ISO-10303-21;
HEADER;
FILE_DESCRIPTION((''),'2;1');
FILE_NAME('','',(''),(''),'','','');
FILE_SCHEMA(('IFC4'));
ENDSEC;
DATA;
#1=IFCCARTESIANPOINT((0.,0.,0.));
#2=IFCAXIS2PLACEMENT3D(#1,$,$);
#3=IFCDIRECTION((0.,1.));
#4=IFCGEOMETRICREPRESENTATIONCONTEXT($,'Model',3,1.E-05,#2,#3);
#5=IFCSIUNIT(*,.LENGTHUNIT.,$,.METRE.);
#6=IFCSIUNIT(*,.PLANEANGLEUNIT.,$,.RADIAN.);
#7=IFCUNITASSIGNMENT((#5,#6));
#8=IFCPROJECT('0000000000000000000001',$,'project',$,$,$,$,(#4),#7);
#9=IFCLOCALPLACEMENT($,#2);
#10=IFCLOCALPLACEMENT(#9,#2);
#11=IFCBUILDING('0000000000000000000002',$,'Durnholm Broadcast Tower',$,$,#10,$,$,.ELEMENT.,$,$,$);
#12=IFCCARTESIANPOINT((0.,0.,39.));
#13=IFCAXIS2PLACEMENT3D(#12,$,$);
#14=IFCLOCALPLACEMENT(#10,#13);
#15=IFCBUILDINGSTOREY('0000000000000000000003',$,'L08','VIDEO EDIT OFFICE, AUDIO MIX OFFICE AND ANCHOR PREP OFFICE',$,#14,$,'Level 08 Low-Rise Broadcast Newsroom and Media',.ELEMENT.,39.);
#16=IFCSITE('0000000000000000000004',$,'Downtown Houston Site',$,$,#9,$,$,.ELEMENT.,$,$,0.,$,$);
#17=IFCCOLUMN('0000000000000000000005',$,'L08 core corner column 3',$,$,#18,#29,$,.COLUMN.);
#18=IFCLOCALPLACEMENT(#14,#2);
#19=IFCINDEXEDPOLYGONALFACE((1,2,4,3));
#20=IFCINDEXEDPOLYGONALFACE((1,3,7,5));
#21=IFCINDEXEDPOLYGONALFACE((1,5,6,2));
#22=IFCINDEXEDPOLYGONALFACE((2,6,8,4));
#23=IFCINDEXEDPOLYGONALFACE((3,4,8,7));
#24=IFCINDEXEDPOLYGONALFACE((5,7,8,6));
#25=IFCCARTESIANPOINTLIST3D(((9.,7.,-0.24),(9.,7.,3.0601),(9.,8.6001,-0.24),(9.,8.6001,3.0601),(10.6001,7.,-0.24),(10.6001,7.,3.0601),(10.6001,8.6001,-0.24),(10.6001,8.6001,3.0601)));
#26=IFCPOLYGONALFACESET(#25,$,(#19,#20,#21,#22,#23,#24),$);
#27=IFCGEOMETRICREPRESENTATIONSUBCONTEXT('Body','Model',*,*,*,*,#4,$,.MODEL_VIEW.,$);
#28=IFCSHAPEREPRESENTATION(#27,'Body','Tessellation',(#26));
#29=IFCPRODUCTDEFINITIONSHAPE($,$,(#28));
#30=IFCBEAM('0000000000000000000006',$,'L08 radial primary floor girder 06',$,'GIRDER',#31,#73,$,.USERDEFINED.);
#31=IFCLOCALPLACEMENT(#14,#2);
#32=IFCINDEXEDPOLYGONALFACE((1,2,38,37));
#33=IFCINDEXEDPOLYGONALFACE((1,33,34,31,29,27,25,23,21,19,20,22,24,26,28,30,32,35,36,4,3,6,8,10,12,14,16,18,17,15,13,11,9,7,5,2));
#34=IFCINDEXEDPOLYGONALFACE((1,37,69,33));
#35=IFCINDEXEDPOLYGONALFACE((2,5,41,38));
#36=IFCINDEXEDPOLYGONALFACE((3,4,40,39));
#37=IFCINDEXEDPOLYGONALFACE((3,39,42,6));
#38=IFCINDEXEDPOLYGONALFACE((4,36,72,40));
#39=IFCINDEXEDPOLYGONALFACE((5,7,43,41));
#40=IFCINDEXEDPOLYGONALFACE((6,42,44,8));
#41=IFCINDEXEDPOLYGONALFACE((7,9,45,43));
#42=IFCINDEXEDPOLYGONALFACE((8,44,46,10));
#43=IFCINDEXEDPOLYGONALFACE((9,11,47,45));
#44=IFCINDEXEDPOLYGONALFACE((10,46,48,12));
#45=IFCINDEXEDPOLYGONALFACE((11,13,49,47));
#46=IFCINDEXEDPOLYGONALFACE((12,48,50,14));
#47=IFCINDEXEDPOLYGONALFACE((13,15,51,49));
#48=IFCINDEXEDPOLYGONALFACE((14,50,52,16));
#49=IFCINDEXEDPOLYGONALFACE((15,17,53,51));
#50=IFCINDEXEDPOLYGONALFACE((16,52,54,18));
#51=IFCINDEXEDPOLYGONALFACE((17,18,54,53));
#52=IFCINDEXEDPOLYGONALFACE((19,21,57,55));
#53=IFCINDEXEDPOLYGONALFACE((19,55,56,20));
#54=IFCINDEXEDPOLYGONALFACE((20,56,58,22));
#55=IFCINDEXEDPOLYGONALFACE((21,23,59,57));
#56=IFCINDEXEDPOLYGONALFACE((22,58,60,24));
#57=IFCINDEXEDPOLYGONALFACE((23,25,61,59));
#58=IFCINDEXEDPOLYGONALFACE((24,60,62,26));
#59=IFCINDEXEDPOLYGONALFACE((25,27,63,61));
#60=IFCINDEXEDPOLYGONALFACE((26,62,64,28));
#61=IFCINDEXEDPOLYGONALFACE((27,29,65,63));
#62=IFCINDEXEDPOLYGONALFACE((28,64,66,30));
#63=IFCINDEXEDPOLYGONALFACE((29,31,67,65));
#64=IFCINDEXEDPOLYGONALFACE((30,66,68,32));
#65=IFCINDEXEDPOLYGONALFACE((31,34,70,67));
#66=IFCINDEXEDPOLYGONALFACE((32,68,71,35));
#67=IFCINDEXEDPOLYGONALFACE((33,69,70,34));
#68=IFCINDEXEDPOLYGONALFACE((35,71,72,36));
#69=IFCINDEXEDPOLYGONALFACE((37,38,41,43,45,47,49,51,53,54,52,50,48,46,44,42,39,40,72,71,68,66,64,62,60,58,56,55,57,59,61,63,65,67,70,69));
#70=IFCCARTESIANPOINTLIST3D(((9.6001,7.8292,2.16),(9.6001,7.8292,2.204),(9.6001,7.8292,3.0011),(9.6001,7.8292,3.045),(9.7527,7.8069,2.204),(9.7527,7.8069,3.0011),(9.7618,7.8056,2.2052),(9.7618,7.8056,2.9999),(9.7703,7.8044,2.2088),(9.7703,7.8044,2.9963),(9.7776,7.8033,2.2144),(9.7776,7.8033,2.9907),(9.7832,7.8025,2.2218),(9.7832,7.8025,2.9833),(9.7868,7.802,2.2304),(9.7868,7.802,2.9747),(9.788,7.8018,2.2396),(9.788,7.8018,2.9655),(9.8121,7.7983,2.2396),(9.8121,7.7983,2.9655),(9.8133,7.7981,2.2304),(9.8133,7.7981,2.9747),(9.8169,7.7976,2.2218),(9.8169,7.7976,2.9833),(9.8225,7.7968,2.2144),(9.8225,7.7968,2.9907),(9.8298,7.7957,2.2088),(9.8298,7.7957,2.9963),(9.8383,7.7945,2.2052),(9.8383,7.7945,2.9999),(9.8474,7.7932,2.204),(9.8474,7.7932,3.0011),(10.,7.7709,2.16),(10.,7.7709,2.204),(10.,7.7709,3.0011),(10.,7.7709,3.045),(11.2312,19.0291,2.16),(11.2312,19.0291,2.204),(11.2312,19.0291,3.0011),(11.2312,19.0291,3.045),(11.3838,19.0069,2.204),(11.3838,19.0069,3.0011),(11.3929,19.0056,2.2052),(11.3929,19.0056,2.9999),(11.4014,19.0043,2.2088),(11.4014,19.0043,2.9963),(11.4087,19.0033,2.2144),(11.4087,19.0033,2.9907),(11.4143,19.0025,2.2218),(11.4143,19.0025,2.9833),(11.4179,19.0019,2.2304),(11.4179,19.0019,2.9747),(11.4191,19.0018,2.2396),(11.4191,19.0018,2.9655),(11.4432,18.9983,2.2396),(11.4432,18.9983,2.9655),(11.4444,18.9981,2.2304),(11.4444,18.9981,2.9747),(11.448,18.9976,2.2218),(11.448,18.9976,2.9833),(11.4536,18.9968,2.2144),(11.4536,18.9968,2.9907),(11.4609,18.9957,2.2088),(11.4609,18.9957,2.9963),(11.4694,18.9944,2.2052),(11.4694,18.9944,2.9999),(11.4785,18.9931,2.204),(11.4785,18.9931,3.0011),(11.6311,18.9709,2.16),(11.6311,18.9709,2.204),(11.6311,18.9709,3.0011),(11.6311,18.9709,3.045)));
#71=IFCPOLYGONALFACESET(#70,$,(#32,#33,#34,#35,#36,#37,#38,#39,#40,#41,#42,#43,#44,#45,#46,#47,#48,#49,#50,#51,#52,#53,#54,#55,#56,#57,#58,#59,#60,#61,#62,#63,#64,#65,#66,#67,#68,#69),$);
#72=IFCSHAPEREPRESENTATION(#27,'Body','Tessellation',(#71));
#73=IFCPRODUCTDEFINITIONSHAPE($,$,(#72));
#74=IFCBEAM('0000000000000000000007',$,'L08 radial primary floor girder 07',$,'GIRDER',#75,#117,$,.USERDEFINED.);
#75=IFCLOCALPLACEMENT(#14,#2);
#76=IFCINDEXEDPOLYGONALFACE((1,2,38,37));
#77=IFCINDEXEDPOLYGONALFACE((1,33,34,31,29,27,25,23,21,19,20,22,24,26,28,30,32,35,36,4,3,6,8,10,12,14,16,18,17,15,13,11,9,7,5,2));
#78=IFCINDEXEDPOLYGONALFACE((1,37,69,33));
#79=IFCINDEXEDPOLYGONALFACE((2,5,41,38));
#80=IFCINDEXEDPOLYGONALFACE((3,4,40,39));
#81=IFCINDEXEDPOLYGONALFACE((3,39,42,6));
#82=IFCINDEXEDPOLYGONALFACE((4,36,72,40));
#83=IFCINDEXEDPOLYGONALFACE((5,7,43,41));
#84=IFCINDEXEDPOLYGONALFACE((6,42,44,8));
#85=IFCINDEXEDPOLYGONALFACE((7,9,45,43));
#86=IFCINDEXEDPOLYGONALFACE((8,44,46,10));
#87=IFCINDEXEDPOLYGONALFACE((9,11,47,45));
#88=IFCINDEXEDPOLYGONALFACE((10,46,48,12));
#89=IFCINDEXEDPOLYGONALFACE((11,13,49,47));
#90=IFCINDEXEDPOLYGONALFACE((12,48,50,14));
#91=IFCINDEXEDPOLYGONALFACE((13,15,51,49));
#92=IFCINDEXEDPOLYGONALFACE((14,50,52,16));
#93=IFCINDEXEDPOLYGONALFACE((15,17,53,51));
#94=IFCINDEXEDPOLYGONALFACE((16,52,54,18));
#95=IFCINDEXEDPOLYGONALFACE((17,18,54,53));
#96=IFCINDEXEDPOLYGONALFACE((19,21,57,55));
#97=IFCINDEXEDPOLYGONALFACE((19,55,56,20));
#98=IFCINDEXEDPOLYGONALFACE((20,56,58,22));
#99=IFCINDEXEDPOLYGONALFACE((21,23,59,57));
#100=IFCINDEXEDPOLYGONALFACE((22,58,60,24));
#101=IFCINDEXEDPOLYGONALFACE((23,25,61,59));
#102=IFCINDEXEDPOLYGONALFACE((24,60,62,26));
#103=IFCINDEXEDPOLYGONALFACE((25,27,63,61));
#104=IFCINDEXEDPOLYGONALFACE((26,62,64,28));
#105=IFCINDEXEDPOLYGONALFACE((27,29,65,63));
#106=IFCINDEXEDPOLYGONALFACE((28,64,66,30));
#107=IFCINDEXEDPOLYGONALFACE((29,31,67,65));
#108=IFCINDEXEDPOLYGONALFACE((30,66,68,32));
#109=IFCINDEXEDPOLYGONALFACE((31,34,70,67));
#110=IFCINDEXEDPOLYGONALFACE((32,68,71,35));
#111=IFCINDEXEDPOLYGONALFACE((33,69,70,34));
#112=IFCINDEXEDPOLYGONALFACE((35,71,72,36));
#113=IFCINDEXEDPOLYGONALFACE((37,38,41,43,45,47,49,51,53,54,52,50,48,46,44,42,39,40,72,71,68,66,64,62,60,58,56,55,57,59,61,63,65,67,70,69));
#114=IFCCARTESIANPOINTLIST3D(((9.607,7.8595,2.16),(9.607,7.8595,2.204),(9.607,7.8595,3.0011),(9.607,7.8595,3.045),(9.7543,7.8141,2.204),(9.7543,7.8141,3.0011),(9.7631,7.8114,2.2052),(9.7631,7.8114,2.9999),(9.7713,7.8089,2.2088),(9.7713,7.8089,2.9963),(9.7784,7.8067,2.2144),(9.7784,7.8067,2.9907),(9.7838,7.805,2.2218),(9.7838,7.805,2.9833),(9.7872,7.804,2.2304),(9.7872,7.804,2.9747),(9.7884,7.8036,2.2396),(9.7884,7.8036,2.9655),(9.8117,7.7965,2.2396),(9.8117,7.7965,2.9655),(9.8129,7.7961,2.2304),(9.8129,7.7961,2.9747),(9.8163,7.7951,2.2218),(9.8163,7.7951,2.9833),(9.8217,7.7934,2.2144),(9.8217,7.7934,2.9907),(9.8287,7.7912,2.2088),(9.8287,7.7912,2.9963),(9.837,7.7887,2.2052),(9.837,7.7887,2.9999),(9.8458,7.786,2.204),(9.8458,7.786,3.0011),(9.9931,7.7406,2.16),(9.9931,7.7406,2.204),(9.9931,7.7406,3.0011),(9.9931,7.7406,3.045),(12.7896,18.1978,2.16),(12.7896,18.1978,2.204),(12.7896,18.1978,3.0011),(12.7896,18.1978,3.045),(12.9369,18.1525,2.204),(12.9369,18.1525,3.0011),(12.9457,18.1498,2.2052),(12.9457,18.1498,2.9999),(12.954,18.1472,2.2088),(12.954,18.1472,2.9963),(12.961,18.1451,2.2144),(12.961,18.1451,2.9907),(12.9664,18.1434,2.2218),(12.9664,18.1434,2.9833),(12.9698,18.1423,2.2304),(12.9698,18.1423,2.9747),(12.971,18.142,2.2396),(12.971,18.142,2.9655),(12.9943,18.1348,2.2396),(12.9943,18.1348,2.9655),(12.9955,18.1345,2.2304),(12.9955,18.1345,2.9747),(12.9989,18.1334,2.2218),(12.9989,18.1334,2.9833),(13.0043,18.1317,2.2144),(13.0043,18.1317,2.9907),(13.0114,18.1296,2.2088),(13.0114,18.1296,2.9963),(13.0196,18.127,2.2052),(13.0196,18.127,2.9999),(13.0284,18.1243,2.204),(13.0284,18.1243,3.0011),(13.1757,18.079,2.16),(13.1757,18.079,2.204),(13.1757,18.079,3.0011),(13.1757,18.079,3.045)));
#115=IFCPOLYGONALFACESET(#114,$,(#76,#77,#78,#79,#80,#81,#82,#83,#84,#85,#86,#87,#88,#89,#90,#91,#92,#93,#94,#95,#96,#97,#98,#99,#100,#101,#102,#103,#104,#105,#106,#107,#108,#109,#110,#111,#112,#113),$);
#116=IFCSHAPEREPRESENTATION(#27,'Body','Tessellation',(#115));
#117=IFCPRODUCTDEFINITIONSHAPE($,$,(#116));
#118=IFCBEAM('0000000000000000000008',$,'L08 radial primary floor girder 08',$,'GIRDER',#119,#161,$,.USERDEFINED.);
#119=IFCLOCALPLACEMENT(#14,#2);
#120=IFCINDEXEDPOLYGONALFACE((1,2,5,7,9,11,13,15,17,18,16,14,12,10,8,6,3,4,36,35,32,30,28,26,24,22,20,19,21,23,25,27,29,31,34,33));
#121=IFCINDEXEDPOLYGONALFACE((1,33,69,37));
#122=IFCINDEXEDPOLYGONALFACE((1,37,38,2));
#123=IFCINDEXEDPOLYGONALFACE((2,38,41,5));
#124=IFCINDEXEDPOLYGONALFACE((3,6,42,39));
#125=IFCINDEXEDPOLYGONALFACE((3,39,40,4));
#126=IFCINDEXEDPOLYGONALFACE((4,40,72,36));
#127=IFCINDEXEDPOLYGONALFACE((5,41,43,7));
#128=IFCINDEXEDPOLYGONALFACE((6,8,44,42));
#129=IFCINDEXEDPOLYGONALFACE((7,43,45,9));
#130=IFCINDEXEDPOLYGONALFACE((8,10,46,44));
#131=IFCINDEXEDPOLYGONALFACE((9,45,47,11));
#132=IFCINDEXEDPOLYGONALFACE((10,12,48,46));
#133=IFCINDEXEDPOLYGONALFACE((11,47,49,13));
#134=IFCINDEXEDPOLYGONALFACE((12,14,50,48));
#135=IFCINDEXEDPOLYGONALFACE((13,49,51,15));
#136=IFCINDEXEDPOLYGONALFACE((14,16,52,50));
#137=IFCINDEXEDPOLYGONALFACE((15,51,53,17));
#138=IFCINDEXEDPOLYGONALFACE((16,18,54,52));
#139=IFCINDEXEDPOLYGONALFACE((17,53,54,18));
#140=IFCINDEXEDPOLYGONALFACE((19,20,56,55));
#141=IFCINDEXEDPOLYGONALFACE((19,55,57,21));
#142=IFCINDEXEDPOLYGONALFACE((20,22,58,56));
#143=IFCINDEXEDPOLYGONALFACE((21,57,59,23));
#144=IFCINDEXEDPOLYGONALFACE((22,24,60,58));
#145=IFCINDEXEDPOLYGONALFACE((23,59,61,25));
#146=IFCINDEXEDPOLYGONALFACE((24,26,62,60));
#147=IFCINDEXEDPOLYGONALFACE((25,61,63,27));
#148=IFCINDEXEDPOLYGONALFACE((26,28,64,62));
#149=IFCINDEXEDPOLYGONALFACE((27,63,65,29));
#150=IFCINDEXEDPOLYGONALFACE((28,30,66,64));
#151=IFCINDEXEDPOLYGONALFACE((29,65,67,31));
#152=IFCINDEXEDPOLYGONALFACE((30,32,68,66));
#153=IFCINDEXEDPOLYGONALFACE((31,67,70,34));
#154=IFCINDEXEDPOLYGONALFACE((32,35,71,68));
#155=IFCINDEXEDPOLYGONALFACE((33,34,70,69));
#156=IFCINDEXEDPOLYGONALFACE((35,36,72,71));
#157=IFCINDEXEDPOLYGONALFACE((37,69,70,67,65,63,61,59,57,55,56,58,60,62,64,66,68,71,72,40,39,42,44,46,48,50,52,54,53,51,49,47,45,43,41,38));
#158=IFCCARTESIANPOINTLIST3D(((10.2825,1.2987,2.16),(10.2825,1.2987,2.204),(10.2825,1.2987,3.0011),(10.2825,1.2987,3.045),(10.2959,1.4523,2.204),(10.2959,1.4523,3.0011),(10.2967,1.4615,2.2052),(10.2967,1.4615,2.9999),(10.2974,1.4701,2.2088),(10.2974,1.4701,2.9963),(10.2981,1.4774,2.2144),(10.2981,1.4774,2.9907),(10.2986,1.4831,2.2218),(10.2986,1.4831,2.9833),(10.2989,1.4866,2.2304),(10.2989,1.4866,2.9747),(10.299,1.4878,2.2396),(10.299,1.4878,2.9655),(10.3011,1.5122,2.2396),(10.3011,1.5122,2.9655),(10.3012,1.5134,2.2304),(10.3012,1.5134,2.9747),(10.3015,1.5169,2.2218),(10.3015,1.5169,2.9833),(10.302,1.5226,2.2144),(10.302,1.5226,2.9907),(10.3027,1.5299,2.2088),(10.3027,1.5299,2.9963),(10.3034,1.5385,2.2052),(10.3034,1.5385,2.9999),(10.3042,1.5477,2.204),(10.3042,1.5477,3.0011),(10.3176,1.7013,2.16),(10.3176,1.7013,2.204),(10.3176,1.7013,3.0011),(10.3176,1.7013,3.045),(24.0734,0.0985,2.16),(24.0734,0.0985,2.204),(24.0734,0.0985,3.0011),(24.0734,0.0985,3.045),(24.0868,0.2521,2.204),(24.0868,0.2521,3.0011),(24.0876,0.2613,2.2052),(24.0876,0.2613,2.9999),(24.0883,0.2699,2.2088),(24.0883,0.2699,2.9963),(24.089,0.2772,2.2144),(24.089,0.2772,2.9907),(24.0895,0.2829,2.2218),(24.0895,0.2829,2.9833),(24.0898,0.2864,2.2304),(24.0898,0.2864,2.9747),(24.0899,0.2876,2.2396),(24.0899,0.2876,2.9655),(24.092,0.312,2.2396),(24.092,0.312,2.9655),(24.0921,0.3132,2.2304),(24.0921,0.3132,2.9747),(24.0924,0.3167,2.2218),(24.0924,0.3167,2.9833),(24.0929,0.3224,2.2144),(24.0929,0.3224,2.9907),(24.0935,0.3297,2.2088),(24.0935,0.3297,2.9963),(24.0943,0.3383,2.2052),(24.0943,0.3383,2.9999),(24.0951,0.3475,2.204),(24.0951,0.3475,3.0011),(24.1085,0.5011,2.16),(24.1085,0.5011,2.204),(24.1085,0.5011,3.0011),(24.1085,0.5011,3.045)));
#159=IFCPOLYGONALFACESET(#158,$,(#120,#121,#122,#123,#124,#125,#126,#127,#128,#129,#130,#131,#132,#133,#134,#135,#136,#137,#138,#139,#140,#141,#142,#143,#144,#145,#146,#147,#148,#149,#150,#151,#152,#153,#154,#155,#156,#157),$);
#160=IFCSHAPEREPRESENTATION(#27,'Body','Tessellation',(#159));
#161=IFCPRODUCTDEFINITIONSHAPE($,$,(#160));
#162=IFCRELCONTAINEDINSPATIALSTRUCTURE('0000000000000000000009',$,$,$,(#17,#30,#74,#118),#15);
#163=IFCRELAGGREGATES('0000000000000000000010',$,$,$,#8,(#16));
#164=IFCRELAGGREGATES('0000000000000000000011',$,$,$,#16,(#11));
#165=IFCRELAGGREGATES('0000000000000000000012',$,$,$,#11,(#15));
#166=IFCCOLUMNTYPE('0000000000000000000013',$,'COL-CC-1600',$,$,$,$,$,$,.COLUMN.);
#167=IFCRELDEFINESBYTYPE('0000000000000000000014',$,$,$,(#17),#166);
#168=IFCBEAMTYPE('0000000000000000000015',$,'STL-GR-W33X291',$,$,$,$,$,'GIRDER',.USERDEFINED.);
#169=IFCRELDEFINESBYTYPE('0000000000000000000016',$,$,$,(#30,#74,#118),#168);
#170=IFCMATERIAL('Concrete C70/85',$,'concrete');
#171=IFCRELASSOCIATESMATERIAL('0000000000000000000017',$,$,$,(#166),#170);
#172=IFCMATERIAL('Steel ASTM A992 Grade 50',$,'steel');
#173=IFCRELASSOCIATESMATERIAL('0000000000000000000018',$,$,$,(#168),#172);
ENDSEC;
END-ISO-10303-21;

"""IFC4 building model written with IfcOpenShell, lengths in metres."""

from ifc_helpers import new_model, si_unit, direction, frame, origin, origin_2d, place, context, subcontext, project, spatial, rectangle, i_section, extrude, source, transform, mapped, material, material_profile, profile_set, type_object, type_shapes, element, save


model = new_model("IFC4")

# Units and contexts
model_context = context("Model", 3, precision=1e-05, world=origin(), true_north=direction((0.0, 1.0)))
body_context = subcontext(model_context, "Body", "Model", "MODEL_VIEW")
ifc_project = project(units=[si_unit("LENGTHUNIT", "METRE"), si_unit("PLANEANGLEUNIT", "RADIAN")], contexts=[model_context])

# Site, building, storey
site_placement = place(None, origin())
site = spatial("IfcSite", under=ifc_project, at=site_placement, Name="Downtown Houston Site", CompositionType="ELEMENT", RefElevation=0.0)
building_placement = place(site_placement, origin())
building = spatial("IfcBuilding", under=site, at=building_placement, Name="Durnholm Broadcast Tower", CompositionType="ELEMENT")
storey_placement = place(building_placement, frame((0.0, 0.0, 39.0)))
storey = spatial("IfcBuildingStorey", under=building, at=storey_placement, Name="L08", Description="VIDEO EDIT OFFICE, AUDIO MIX OFFICE AND ANCHOR PREP OFFICE", LongName="Level 08 Low-Rise Broadcast Newsroom and Media", CompositionType="ELEMENT", Elevation=39.0)

# Column
ifc_material_1 = material(Name="Concrete C70/85", Category="concrete")
ifc_material_profile_1 = material_profile(ifc_material_1, rectangle(XDim=1.6001, YDim=1.6001, at=origin_2d()), Name="RC1600X1600")
ifc_profile_set_1 = profile_set([ifc_material_profile_1], Name="Concrete C70/85")
column_type = type_object("IfcColumnType", Name="COL-CC-1600", PredefinedType="COLUMN", material=ifc_profile_set_1)
shared_shape_1 = source(origin(), body_context, "Body", "SweptSolid", [
    extrude(rectangle(XDim=1.6001, YDim=1.6001, at=origin_2d()), origin(), (0.0, 0.0, 1.0), 3.3),
])
type_shapes(column_type, [shared_shape_1])
column_placement = place(storey_placement, frame((9.8, 7.8, -0.24), z_axis=(0.0, 0.0, 1.0), x_axis=(1.0, 0.0, 0.0)))
element("IfcColumn", 1, at=column_placement, inside=storey, type_object=column_type, Name="L08 core corner column 3", PredefinedType="COLUMN", context=body_context, shape_type="MappedRepresentation", body=[
    mapped(shared_shape_1, transform((0.0, 0.0, 0.0), x_axis=(1.0, 0.0, 0.0), y_axis=(0.0, 1.0, 0.0), z_axis=(0.0, 0.0, 1.0), scale=1.0)),
])

# Beams
ifc_material_2 = material(Name="Steel ASTM A992 Grade 50", Category="steel")
ifc_material_profile_2 = material_profile(ifc_material_2, i_section(OverallWidth=0.4041, OverallDepth=0.885, WebThickness=0.0244, FlangeThickness=0.0439, FilletRadius=0.0356, at=origin_2d()), Name="W33X291")
ifc_profile_set_2 = profile_set([ifc_material_profile_2], Name="Steel ASTM A992 Grade 50")
beam_type_1 = type_object("IfcBeamType", Name="STL-GR-W33X291", ElementType="GIRDER", PredefinedType="USERDEFINED", material=ifc_profile_set_2)
shared_shape_2 = source(origin(), body_context, "Body", "SweptSolid", [
    extrude(i_section(OverallWidth=0.4041, OverallDepth=0.885, WebThickness=0.0244, FlangeThickness=0.0439, FilletRadius=0.0356, at=origin_2d()), origin(), (0.0, 0.0, 1.0), 11.3181),
])
beam_1_placement = place(storey_placement, frame((9.8, 7.8, 2.6025), z_axis=(0.144115, 0.989561, 0.0), x_axis=(-0.989561, 0.144115, 0.0)))
element("IfcBeam", 2, at=beam_1_placement, inside=storey, type_object=beam_type_1, Name="L08 radial primary floor girder 06", ObjectType="GIRDER", PredefinedType="USERDEFINED", context=body_context, shape_type="MappedRepresentation", body=[
    mapped(shared_shape_2, transform((0.0, 0.0, 0.0), x_axis=(1.0, 0.0, 0.0), y_axis=(0.0, 1.0, 0.0), z_axis=(0.0, 0.0, 1.0), scale=1.0)),
])
shared_shape_3 = source(origin(), body_context, "Body", "SweptSolid", [
    extrude(i_section(OverallWidth=0.4041, OverallDepth=0.885, WebThickness=0.0244, FlangeThickness=0.0439, FilletRadius=0.0356, at=origin_2d()), origin(), (0.0, 0.0, 1.0), 10.8171),
])
beam_2_placement = place(storey_placement, frame((9.8, 7.8, 2.6025), z_axis=(0.294219, 0.955738, 0.0), x_axis=(-0.955738, 0.294219, 0.0)))
element("IfcBeam", 3, at=beam_2_placement, inside=storey, type_object=beam_type_1, Name="L08 radial primary floor girder 07", ObjectType="GIRDER", PredefinedType="USERDEFINED", context=body_context, shape_type="MappedRepresentation", body=[
    mapped(shared_shape_3, transform((0.0, 0.0, 0.0), x_axis=(1.0, 0.0, 0.0), y_axis=(0.0, 1.0, 0.0), z_axis=(0.0, 0.0, 1.0), scale=1.0)),
])
shared_shape_4 = source(origin(), body_context, "Body", "SweptSolid", [
    extrude(i_section(OverallWidth=0.4041, OverallDepth=0.885, WebThickness=0.0244, FlangeThickness=0.0439, FilletRadius=0.0356, at=origin_2d()), origin(), (0.0, 0.0, 1.0), 13.843),
])
beam_3_placement = place(storey_placement, frame((10.3, 1.5, 2.6025), z_axis=(0.996234, -0.086701, 0.0), x_axis=(0.086701, 0.996234, 0.0)))
element("IfcBeam", 4, at=beam_3_placement, inside=storey, type_object=beam_type_1, Name="L08 radial primary floor girder 08", ObjectType="GIRDER", PredefinedType="USERDEFINED", context=body_context, shape_type="MappedRepresentation", body=[
    mapped(shared_shape_4, transform((0.0, 0.0, 0.0), x_axis=(1.0, 0.0, 0.0), y_axis=(0.0, 1.0, 0.0), z_axis=(0.0, 0.0, 1.0), scale=1.0)),
])

save(model, "model.ifc")
